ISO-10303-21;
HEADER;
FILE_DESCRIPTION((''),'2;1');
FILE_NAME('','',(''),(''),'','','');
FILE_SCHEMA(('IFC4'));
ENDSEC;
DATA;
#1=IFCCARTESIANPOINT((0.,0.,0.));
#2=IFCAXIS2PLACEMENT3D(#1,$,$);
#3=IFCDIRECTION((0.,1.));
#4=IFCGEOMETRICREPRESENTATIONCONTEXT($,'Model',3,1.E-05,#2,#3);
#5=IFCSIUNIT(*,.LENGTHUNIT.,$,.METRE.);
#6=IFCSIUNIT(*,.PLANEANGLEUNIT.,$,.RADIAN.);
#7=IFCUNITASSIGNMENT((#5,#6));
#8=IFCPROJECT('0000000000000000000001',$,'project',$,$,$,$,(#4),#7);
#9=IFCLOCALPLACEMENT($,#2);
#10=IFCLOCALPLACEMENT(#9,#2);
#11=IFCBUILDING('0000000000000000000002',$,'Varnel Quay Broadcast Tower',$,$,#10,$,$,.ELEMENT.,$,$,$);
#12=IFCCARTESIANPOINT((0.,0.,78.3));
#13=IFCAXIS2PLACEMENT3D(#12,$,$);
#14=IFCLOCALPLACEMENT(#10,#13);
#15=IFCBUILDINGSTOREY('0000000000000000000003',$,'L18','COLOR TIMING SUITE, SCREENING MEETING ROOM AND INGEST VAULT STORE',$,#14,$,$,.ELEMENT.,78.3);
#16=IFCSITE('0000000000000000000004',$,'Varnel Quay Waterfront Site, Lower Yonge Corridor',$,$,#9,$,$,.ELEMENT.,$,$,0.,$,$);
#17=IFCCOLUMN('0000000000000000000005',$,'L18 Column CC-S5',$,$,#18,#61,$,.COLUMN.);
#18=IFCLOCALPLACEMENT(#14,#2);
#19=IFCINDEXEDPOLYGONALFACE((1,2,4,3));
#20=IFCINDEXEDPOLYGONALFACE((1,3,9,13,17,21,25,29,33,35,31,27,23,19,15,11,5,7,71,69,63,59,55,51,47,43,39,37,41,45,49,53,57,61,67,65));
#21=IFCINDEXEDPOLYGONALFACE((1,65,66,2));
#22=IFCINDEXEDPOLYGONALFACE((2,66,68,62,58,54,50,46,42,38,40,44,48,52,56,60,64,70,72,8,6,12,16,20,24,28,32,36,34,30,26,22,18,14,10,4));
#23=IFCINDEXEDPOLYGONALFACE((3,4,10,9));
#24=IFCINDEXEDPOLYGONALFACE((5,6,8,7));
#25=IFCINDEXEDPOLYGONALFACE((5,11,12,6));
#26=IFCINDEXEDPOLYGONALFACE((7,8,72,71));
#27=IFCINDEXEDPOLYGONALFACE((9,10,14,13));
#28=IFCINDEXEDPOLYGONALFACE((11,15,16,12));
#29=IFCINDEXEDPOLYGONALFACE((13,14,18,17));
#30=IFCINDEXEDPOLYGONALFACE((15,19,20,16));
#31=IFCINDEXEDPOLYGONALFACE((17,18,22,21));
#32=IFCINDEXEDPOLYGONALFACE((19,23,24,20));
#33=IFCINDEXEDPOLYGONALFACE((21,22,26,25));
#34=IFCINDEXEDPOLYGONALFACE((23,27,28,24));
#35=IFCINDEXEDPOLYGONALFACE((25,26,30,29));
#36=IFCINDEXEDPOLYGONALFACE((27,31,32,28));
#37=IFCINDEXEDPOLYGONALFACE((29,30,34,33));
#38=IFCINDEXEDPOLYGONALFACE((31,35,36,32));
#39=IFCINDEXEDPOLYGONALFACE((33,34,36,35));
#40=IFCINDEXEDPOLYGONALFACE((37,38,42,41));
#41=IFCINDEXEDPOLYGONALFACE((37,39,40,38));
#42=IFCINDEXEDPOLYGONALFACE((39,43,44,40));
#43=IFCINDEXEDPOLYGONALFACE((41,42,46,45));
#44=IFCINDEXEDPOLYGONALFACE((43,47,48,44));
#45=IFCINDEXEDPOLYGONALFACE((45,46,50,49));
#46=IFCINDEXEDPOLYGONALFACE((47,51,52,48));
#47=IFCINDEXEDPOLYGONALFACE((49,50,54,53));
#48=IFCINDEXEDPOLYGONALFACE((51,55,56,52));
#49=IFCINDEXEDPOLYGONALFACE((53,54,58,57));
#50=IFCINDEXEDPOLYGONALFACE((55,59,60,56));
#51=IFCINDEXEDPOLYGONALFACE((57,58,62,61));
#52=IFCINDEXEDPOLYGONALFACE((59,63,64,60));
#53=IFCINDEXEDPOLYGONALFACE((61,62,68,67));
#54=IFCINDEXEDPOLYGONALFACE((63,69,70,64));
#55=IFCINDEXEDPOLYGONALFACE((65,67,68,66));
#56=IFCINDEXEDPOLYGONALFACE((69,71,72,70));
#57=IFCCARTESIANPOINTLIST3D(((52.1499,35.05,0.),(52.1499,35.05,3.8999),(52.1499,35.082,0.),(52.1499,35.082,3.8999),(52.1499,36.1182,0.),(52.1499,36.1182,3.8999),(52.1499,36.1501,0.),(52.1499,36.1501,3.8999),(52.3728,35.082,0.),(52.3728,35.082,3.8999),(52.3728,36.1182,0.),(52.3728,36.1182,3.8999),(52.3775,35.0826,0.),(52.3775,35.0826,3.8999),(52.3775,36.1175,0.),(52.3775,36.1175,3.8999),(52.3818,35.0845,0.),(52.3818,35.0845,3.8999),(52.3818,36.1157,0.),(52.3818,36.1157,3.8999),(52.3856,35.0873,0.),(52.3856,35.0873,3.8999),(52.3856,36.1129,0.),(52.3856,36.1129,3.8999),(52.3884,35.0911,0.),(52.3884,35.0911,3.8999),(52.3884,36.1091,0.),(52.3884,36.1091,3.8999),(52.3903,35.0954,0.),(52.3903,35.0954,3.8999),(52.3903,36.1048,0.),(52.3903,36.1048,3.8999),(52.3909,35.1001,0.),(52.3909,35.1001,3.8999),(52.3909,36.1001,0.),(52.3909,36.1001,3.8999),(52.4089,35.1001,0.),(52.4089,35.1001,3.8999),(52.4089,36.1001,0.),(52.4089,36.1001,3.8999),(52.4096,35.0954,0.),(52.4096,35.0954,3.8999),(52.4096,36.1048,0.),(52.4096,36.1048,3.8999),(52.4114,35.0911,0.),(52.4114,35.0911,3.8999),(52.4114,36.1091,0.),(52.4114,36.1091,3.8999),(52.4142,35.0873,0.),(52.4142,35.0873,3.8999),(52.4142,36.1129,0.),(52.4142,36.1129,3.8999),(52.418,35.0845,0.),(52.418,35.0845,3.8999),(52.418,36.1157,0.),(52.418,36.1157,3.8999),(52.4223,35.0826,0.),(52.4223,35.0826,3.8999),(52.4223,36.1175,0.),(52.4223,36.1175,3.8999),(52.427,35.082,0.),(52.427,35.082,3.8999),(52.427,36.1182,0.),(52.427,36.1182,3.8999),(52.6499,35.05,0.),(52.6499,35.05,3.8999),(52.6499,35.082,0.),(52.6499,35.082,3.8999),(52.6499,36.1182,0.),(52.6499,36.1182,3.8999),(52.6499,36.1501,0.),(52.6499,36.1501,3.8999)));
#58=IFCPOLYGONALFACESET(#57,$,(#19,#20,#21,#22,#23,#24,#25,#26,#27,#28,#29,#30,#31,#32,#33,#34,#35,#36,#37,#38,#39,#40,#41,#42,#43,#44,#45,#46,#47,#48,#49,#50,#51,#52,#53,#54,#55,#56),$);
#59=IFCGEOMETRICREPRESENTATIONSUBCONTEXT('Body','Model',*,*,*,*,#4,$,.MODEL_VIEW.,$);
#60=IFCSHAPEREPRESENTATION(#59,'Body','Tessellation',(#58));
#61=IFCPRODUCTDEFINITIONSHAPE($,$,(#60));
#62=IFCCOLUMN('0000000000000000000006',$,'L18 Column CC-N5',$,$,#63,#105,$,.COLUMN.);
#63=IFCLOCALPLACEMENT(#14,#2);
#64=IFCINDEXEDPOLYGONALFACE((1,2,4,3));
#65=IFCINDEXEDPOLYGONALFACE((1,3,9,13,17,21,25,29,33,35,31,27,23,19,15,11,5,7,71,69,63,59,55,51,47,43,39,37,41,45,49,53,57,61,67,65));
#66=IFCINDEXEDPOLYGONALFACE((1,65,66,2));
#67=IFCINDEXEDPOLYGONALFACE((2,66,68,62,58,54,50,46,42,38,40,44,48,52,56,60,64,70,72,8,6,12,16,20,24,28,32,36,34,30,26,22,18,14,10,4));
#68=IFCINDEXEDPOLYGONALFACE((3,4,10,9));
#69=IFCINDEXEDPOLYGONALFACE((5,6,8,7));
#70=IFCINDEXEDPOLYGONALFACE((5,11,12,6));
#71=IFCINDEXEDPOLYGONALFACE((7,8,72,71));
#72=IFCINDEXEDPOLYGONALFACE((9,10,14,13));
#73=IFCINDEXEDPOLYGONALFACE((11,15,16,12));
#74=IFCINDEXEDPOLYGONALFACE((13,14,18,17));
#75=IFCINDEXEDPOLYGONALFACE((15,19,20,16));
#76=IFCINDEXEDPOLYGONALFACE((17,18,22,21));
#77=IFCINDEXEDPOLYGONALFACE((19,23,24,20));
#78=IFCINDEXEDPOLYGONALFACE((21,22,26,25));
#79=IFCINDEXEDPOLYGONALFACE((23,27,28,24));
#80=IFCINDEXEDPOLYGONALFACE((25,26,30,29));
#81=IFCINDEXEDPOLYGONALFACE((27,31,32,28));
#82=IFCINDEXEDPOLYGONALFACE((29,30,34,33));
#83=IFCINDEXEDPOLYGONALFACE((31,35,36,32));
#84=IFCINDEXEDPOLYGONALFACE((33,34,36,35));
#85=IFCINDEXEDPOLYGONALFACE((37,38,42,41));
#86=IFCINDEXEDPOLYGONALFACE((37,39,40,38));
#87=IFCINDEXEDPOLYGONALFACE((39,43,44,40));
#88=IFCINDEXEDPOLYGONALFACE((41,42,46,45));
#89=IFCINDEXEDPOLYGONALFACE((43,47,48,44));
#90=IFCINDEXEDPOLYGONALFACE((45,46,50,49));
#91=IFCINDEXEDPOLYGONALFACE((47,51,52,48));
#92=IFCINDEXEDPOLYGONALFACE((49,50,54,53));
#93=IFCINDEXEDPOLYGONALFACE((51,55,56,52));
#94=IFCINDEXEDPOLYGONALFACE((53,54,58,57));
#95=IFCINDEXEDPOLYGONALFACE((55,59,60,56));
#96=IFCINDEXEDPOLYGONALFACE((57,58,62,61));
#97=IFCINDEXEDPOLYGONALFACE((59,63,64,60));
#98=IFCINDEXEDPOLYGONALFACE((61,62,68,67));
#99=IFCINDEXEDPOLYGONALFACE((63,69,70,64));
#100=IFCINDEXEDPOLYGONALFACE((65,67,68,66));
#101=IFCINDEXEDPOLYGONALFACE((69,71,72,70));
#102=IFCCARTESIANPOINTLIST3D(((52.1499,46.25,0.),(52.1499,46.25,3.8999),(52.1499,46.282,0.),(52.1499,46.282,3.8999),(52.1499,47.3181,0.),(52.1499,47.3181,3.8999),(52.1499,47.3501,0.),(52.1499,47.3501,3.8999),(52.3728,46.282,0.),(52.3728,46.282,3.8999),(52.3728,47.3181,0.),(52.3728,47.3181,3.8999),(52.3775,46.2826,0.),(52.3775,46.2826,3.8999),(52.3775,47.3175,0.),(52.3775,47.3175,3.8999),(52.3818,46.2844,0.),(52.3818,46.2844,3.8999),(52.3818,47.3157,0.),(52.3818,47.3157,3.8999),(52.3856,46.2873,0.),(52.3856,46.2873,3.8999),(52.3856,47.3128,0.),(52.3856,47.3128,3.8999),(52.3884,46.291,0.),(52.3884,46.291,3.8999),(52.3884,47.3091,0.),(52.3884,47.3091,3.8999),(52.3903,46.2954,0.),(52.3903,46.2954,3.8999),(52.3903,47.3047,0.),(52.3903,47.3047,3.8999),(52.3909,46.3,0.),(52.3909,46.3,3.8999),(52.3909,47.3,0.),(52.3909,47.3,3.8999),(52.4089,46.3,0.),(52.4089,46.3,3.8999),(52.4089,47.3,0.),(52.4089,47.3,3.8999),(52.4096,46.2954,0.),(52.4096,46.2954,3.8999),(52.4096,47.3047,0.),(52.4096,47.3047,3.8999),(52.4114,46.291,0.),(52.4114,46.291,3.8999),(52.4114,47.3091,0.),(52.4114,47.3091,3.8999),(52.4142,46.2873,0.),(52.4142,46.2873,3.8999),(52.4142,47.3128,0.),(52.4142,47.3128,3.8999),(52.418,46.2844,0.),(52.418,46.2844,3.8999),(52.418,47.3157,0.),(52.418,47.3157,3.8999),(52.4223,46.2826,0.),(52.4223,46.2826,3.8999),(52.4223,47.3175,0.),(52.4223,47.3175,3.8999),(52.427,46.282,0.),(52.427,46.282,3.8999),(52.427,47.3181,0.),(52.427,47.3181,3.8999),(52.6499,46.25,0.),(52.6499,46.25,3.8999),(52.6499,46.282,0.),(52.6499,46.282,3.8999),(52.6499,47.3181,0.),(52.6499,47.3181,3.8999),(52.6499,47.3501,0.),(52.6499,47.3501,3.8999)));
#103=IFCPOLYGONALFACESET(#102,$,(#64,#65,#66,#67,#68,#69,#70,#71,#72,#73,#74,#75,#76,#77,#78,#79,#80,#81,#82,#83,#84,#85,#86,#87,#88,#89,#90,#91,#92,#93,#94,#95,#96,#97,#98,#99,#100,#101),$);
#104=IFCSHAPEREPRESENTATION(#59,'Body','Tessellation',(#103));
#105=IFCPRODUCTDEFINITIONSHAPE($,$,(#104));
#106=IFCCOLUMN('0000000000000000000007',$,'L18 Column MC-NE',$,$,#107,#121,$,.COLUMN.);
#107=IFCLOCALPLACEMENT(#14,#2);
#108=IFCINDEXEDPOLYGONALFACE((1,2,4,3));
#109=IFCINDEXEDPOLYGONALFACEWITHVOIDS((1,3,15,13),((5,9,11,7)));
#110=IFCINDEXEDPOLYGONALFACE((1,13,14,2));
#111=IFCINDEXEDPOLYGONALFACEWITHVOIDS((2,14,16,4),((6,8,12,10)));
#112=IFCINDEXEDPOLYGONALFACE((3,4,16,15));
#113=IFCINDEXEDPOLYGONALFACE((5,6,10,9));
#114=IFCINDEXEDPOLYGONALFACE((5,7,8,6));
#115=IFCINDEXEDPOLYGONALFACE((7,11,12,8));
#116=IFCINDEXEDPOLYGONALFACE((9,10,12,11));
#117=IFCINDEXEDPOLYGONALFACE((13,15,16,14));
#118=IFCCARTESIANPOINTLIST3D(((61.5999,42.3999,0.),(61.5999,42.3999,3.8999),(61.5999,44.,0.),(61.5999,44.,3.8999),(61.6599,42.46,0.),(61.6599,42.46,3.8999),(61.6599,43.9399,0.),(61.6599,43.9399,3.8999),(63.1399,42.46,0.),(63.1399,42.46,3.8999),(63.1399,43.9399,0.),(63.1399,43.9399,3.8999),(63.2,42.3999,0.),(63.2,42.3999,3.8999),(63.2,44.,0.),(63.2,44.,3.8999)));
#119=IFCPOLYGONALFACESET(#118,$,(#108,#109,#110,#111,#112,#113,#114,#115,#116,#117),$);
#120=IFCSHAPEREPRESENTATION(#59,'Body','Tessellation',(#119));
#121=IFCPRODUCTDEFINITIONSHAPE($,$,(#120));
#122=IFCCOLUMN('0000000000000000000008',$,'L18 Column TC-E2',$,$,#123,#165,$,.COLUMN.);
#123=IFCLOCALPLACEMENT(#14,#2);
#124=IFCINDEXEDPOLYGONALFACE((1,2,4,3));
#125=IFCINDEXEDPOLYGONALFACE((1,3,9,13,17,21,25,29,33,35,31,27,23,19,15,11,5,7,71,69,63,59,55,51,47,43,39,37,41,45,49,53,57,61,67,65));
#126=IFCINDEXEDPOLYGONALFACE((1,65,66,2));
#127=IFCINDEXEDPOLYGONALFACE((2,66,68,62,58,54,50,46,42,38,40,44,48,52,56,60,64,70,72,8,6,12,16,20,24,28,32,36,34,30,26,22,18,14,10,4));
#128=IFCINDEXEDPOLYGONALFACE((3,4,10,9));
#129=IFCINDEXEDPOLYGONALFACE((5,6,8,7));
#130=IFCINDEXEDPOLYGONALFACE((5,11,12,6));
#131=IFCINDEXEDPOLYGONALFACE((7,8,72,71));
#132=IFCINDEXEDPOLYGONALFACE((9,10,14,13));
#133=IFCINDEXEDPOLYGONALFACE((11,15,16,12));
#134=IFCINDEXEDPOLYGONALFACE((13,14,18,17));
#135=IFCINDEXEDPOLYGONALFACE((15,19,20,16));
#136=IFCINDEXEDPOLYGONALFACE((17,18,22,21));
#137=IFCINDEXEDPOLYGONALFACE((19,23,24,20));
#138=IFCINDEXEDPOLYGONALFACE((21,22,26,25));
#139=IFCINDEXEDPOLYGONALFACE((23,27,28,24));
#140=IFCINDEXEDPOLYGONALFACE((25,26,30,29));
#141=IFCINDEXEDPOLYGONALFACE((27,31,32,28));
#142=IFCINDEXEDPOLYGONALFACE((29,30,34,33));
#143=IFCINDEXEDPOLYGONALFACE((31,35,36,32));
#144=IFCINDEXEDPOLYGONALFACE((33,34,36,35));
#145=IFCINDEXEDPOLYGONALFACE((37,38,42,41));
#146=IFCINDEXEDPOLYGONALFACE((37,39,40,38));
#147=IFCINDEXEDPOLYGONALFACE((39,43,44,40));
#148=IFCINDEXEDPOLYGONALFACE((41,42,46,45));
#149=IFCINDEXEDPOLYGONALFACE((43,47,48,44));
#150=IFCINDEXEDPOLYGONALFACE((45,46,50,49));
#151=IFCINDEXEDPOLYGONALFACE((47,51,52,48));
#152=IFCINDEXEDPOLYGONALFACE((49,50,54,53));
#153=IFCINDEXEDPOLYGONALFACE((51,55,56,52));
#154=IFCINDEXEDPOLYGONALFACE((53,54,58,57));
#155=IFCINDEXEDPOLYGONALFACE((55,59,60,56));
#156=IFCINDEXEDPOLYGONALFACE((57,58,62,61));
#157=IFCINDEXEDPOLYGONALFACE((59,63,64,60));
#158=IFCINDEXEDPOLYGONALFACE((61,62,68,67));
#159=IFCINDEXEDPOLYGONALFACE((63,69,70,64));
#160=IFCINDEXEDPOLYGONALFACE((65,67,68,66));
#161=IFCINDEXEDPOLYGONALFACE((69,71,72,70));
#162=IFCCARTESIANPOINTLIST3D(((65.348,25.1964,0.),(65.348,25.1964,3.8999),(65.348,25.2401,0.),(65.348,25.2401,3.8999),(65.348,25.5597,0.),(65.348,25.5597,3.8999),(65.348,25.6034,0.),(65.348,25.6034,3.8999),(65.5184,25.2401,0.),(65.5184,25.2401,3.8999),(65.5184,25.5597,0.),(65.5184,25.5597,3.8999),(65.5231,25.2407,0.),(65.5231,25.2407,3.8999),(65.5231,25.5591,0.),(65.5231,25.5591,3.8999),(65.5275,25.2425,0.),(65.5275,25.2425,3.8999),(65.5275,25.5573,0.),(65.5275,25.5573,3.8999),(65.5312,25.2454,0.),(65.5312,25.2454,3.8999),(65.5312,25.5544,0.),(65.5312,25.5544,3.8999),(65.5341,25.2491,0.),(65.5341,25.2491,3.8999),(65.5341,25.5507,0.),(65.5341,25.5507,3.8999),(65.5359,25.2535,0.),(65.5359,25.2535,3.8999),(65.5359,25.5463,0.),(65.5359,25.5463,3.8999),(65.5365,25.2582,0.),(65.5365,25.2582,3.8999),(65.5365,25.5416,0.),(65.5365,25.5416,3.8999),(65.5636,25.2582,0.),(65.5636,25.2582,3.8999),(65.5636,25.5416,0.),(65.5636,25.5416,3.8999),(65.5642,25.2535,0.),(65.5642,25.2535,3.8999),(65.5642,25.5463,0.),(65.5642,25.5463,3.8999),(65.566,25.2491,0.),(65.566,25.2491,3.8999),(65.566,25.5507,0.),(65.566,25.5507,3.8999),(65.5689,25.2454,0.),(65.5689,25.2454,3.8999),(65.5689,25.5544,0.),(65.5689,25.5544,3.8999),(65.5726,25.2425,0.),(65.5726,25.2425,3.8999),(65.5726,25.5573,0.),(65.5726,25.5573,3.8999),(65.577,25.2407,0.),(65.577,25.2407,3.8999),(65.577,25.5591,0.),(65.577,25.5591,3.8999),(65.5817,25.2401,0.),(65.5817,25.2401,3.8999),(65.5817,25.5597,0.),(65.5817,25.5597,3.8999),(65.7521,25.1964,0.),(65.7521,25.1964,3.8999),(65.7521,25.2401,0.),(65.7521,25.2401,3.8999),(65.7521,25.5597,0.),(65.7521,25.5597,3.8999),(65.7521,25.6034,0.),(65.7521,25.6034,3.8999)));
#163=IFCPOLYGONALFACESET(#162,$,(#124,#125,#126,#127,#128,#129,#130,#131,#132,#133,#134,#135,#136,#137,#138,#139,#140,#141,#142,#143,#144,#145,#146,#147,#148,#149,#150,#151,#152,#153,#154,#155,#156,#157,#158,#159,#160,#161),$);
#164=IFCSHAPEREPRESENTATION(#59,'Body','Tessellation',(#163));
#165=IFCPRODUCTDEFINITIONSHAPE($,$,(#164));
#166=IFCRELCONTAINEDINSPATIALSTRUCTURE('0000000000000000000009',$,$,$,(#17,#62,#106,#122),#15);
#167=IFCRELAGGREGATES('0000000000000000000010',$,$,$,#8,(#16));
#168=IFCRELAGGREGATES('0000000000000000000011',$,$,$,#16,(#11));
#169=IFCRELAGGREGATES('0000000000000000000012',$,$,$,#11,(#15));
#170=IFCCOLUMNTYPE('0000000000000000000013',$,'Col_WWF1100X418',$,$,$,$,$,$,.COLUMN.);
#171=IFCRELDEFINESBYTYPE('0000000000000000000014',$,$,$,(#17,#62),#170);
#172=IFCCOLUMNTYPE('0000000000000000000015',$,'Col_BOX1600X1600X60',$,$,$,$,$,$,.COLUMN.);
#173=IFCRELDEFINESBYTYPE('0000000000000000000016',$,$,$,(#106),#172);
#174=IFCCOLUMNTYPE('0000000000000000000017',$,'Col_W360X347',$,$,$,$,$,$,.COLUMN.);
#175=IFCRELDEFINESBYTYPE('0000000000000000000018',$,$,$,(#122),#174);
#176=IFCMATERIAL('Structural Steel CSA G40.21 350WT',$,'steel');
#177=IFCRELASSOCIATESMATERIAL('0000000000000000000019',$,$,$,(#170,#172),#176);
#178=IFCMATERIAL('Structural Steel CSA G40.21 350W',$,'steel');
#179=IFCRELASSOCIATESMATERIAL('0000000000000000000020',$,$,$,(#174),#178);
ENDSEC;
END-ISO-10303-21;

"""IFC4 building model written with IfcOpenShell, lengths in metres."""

from ifc_helpers import new_model, si_unit, direction, frame, origin, origin_2d, place, context, subcontext, project, spatial, hollow_rectangle, i_section, extrude, source, transform, mapped, material, material_profile, profile_set, type_object, type_shapes, element, save


model = new_model("IFC4")

# Units and contexts
model_context = context("Model", 3, precision=1e-05, world=origin(), true_north=direction((0.0, 1.0)))
body_context = subcontext(model_context, "Body", "Model", "MODEL_VIEW")
ifc_project = project(units=[si_unit("LENGTHUNIT", "METRE"), si_unit("PLANEANGLEUNIT", "RADIAN")], contexts=[model_context])

# Site, building, storey
site_placement = place(None, origin())
site = spatial("IfcSite", under=ifc_project, at=site_placement, Name="Varnel Quay Waterfront Site, Lower Yonge Corridor", CompositionType="ELEMENT", RefElevation=0.0)
building_placement = place(site_placement, origin())
building = spatial("IfcBuilding", under=site, at=building_placement, Name="Varnel Quay Broadcast Tower", CompositionType="ELEMENT")
storey_placement = place(building_placement, frame((0.0, 0.0, 78.3)))
storey = spatial("IfcBuildingStorey", under=building, at=storey_placement, Name="L18", Description="COLOR TIMING SUITE, SCREENING MEETING ROOM AND INGEST VAULT STORE", CompositionType="ELEMENT", Elevation=78.3)

# Columns
ifc_material_1 = material(Name="Structural Steel CSA G40.21 350WT", Category="steel")
ifc_material_profile_1 = material_profile(ifc_material_1, i_section(OverallWidth=0.5, OverallDepth=1.1001, WebThickness=0.0181, FlangeThickness=0.032, FilletRadius=0.0181, at=origin_2d()), Name="WWF1100X418")
ifc_profile_set_1 = profile_set([ifc_material_profile_1], Name="Structural Steel CSA G40.21 350WT")
column_type_1 = type_object("IfcColumnType", Name="Col_WWF1100X418", PredefinedType="COLUMN", material=ifc_profile_set_1)
shared_shape_1 = source(origin(), body_context, "Body", "SweptSolid", [
    extrude(i_section(OverallWidth=0.5, OverallDepth=1.1001, WebThickness=0.0181, FlangeThickness=0.032, FilletRadius=0.0181, at=origin_2d()), origin(), (0.0, 0.0, 1.0), 3.8999),
])
type_shapes(column_type_1, [shared_shape_1])
for number, where, z_axis, x_axis, name in (
    (1, (52.3999, 35.6001, 0.0), (0.0, 0.0, 1.0), (1.0, 0.0, 0.0), "L18 Column CC-S5"),
    (2, (52.3999, 46.8, 0.0), (0.0, 0.0, 1.0), (1.0, 0.0, 0.0), "L18 Column CC-N5"),
):
    element("IfcColumn", number, at=place(storey_placement, frame(where, z_axis=z_axis, x_axis=x_axis)), inside=storey, type_object=column_type_1, Name=name, PredefinedType="COLUMN", context=body_context, shape_type="MappedRepresentation", body=[
        mapped(shared_shape_1, transform((0.0, 0.0, 0.0), x_axis=(1.0, 0.0, 0.0), y_axis=(0.0, 1.0, 0.0), z_axis=(0.0, 0.0, 1.0), scale=1.0)),
    ])
ifc_material_profile_2 = material_profile(ifc_material_1, hollow_rectangle(XDim=1.6001, YDim=1.6001, WallThickness=0.0601, at=origin_2d()), Name="BOX1600X1600X60")
ifc_profile_set_2 = profile_set([ifc_material_profile_2], Name="Structural Steel CSA G40.21 350WT")
column_type_2 = type_object("IfcColumnType", Name="Col_BOX1600X1600X60", PredefinedType="COLUMN", material=ifc_profile_set_2)
shared_shape_2 = source(origin(), body_context, "Body", "SweptSolid", [
    extrude(hollow_rectangle(XDim=1.6001, YDim=1.6001, WallThickness=0.0601, at=origin_2d()), origin(), (0.0, 0.0, 1.0), 3.8999),
])
type_shapes(column_type_2, [shared_shape_2])
column_placement = place(storey_placement, frame((62.3999, 43.2, 0.0), z_axis=(0.0, 0.0, 1.0), x_axis=(1.0, 0.0, 0.0)))
element("IfcColumn", 3, at=column_placement, inside=storey, type_object=column_type_2, Name="L18 Column MC-NE", PredefinedType="COLUMN", context=body_context, shape_type="MappedRepresentation", body=[
    mapped(shared_shape_2, transform((0.0, 0.0, 0.0), x_axis=(1.0, 0.0, 0.0), y_axis=(0.0, 1.0, 0.0), z_axis=(0.0, 0.0, 1.0), scale=1.0)),
])
ifc_material_2 = material(Name="Structural Steel CSA G40.21 350W", Category="steel")
ifc_material_profile_3 = material_profile(ifc_material_2, i_section(OverallWidth=0.4041, OverallDepth=0.407, WebThickness=0.0271, FlangeThickness=0.0437, FilletRadius=0.0181, at=origin_2d()), Name="W360X347")
ifc_profile_set_3 = profile_set([ifc_material_profile_3], Name="Structural Steel CSA G40.21 350W")
column_type_3 = type_object("IfcColumnType", Name="Col_W360X347", PredefinedType="COLUMN", material=ifc_profile_set_3)
shared_shape_3 = source(origin(), body_context, "Body", "SweptSolid", [
    extrude(i_section(OverallWidth=0.4041, OverallDepth=0.407, WebThickness=0.0271, FlangeThickness=0.0437, FilletRadius=0.0181, at=origin_2d()), origin(), (0.0, 0.0, 1.0), 3.8999),
])
type_shapes(column_type_3, [shared_shape_3])
for number, where, z_axis, x_axis, name in (
    (4, (65.55, 25.3999, 0.0), (0.0, 0.0, 1.0), (1.0, 0.0, 0.0), "L18 Column TC-E2"),
):
    element("IfcColumn", number, at=place(storey_placement, frame(where, z_axis=z_axis, x_axis=x_axis)), inside=storey, type_object=column_type_3, Name=name, PredefinedType="COLUMN", context=body_context, shape_type="MappedRepresentation", body=[
        mapped(shared_shape_3, transform((0.0, 0.0, 0.0), x_axis=(1.0, 0.0, 0.0), y_axis=(0.0, 1.0, 0.0), z_axis=(0.0, 0.0, 1.0), scale=1.0)),
    ])

save(model, "model.ifc")
